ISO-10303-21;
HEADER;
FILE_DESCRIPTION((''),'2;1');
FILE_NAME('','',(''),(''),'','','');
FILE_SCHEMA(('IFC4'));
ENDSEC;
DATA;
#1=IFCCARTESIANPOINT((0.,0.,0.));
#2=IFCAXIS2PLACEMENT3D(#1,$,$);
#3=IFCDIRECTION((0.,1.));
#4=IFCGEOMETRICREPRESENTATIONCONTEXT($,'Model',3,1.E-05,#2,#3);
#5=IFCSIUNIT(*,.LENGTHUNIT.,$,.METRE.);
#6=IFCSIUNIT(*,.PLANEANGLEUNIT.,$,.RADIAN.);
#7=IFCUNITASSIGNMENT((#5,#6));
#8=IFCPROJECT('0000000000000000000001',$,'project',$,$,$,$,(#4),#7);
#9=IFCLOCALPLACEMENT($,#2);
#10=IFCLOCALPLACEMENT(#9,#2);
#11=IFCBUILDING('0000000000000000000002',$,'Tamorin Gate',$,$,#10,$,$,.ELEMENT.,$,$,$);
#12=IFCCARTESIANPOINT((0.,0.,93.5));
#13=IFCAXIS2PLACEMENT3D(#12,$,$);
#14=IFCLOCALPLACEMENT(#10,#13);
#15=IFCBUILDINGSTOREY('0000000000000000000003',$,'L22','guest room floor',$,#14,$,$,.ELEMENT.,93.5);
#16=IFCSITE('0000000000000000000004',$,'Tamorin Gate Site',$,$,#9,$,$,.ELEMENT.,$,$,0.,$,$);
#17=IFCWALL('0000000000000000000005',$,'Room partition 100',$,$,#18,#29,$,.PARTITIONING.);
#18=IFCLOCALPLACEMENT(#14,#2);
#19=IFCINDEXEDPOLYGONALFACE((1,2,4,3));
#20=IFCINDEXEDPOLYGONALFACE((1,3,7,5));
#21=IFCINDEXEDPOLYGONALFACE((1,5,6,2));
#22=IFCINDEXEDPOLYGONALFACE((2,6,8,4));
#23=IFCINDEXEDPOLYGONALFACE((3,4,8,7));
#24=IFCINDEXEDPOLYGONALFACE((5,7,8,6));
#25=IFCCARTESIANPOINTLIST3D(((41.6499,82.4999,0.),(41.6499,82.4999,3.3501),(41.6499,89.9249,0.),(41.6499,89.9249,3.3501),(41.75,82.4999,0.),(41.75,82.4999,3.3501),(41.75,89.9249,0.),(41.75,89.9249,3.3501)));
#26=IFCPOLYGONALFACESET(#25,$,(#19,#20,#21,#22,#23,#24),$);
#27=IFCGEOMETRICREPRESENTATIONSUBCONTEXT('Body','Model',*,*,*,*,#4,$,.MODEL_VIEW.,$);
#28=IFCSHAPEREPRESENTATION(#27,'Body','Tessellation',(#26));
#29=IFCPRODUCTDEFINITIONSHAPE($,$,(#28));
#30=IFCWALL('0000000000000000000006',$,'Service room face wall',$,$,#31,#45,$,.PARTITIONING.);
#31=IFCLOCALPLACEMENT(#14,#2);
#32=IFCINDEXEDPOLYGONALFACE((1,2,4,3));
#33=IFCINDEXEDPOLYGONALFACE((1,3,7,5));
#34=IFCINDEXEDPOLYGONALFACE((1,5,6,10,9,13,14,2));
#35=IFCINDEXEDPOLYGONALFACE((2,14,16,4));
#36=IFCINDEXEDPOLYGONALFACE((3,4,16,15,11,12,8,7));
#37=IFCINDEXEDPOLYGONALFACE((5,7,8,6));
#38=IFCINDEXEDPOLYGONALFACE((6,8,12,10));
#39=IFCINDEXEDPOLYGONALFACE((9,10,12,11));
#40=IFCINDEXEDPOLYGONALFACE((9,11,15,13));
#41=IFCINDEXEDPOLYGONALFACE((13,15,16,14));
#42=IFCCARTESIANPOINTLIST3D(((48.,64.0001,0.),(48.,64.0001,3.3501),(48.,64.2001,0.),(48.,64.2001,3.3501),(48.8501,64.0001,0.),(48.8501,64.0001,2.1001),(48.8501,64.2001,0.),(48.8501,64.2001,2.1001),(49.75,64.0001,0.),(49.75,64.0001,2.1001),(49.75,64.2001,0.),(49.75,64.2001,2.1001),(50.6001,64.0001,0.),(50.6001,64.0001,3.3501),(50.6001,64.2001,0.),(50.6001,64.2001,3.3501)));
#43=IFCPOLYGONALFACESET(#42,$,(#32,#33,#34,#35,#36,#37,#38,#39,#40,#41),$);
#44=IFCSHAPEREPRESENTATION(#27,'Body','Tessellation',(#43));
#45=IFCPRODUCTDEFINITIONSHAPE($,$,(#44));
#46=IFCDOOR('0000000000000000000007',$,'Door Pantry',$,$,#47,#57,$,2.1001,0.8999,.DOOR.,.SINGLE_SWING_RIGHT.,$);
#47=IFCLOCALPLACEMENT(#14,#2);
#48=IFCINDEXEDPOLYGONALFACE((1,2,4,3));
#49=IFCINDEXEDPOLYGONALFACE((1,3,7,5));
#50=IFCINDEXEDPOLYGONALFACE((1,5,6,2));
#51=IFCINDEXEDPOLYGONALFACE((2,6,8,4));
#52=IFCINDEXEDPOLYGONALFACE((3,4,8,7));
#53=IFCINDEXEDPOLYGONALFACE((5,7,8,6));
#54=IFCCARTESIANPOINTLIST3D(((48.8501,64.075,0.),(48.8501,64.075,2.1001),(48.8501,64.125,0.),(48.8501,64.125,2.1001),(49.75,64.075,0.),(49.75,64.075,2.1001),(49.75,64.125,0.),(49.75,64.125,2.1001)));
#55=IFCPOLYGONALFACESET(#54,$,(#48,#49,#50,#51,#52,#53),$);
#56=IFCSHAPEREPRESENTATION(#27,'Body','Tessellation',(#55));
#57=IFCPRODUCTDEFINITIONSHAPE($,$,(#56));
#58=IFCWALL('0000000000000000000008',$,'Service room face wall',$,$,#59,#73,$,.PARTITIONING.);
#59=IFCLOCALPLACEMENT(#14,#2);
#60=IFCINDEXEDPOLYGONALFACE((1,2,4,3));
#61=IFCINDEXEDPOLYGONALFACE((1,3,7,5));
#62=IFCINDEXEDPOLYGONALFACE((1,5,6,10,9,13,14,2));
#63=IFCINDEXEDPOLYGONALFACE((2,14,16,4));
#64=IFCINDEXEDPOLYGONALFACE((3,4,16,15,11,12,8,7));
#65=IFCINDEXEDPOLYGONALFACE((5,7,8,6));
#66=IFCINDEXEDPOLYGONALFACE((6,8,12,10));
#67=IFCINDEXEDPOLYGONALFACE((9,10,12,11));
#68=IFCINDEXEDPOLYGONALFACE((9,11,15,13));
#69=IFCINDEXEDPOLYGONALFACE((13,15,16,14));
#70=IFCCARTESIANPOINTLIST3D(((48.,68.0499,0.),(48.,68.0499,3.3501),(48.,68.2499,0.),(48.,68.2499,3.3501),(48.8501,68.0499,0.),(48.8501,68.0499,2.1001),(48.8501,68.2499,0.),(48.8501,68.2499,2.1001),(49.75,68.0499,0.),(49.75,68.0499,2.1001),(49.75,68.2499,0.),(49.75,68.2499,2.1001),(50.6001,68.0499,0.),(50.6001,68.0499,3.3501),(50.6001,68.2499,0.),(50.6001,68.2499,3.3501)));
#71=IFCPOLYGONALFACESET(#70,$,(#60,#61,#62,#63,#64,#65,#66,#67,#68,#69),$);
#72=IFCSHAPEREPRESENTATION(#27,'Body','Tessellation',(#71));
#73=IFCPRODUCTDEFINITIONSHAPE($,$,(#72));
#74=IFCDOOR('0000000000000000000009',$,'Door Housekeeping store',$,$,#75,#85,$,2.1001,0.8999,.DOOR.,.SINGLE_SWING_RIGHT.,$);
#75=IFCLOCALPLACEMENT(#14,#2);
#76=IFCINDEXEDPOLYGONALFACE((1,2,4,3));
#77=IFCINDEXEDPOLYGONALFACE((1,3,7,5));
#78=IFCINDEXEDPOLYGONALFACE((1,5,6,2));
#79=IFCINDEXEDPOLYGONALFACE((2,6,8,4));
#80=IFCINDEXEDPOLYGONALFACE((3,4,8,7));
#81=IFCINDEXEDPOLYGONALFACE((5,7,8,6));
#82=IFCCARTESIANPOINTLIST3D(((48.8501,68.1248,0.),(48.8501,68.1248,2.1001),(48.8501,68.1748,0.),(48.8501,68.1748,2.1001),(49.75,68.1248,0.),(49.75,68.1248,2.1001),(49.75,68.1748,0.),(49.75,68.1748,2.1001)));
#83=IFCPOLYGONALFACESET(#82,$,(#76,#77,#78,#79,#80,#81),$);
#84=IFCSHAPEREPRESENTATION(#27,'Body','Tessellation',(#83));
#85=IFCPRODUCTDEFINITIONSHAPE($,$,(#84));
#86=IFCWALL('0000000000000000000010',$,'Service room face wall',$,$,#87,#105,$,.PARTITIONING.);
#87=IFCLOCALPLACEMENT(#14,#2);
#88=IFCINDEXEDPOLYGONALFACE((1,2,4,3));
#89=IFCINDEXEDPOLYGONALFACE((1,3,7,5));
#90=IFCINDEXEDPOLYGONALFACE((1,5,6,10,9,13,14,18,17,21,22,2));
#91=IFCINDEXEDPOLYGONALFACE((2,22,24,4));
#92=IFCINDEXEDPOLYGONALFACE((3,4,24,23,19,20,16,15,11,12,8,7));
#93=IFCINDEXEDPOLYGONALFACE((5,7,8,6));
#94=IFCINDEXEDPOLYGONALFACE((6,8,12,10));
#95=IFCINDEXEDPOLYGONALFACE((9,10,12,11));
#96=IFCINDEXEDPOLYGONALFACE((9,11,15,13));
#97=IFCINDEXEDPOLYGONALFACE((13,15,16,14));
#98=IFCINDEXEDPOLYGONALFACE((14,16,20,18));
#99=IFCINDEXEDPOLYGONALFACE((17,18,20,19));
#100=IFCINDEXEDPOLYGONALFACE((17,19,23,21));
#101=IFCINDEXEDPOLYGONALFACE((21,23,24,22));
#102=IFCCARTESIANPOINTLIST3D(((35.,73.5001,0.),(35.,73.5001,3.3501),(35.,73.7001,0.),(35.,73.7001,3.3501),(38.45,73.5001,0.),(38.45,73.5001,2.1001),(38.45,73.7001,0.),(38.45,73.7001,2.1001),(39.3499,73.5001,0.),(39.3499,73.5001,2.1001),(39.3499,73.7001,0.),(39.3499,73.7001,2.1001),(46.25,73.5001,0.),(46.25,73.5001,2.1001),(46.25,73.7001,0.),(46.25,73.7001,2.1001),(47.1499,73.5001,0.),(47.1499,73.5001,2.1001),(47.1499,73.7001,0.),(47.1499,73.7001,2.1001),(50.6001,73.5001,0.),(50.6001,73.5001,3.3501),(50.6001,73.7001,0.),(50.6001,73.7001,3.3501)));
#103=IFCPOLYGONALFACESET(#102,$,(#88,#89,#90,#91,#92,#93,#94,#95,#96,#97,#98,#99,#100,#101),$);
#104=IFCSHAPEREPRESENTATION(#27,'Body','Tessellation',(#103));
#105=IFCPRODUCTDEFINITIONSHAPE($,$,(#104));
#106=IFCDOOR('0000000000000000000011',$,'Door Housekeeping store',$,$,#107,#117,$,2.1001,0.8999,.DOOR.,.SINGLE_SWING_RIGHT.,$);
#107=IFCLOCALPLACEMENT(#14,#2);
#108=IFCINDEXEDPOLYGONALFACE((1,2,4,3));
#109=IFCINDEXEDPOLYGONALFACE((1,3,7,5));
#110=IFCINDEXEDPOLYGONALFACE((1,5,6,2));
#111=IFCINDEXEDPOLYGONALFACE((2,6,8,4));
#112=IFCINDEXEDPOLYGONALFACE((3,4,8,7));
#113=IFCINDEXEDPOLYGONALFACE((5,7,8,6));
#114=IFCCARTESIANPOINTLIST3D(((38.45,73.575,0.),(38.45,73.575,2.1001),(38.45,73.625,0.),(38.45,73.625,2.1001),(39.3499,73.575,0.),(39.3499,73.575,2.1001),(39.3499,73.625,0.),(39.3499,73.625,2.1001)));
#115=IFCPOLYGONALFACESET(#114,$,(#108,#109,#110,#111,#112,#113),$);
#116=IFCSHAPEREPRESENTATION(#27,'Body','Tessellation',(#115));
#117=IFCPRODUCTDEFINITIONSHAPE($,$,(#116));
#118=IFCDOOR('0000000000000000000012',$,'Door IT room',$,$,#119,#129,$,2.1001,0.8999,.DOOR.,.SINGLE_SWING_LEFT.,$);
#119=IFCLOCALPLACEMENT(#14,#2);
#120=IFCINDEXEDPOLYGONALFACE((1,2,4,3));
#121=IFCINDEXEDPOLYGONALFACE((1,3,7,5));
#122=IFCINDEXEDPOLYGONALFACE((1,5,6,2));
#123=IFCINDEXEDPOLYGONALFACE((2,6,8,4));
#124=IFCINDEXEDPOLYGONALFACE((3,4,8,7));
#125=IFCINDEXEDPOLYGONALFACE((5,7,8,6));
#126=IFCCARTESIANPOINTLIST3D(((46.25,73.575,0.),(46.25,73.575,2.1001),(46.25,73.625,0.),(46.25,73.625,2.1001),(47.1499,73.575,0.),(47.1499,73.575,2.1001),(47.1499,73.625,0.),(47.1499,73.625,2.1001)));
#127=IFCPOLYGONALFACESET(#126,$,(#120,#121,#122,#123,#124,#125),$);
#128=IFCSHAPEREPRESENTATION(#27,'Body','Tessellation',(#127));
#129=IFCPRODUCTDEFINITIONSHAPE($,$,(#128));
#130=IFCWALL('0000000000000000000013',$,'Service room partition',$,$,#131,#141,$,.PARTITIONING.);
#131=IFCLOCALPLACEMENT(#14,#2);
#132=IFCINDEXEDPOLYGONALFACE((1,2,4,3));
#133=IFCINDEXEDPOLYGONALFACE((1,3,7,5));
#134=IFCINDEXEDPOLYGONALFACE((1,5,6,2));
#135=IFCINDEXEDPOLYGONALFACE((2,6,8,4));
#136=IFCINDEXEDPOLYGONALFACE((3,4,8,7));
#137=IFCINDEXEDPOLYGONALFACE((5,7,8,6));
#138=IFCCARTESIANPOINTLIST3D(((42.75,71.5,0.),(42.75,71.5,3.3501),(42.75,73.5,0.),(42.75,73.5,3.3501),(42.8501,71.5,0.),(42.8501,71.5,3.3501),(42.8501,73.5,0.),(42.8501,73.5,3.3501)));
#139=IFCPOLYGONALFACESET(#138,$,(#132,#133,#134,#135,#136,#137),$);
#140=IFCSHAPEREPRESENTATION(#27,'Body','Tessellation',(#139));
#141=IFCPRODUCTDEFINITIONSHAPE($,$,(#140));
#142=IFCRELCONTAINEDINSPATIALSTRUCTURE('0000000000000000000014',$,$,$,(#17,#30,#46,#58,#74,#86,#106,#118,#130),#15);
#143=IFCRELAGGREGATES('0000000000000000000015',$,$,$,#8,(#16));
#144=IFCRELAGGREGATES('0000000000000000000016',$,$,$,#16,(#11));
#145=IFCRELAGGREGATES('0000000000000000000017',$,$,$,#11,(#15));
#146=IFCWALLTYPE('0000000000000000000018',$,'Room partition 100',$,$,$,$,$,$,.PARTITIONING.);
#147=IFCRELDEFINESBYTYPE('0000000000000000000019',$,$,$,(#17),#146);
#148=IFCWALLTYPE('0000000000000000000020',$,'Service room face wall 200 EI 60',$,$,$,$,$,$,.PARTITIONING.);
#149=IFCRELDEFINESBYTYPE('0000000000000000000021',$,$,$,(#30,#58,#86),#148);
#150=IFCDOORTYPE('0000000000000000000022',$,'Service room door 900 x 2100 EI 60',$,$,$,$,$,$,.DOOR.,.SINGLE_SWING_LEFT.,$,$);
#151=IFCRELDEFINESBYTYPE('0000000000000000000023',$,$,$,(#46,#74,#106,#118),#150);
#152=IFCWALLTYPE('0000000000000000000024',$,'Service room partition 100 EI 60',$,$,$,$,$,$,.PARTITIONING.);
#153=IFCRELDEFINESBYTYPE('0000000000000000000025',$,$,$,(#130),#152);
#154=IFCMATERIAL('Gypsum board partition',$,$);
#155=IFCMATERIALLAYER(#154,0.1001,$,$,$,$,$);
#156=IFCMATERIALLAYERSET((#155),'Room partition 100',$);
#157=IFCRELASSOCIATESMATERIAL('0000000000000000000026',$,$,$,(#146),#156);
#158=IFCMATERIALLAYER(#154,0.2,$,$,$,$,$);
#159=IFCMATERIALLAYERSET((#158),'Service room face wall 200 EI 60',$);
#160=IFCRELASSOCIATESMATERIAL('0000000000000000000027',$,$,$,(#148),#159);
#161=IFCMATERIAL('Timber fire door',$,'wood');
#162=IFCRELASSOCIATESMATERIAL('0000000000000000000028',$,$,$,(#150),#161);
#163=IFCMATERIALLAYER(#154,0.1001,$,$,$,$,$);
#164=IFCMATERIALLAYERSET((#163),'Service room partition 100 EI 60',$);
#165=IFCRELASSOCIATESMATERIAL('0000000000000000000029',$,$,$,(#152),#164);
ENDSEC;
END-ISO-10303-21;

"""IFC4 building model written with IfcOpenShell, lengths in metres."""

from ifc_helpers import new_model, si_unit, direction, frame, frame_2d, origin, place, context, subcontext, project, spatial, rectangle, extrude, material, layer, layer_set, type_object, element, fill, save


model = new_model("IFC4")

# Units and contexts
model_context = context("Model", 3, precision=1e-05, world=origin(), true_north=direction((0.0, 1.0)))
body_context = subcontext(model_context, "Body", "Model", "MODEL_VIEW")
ifc_project = project(units=[si_unit("LENGTHUNIT", "METRE"), si_unit("PLANEANGLEUNIT", "RADIAN")], contexts=[model_context])

# Site, building, storey
site_placement = place(None, origin())
site = spatial("IfcSite", under=ifc_project, at=site_placement, Name="Tamorin Gate Site", CompositionType="ELEMENT", RefElevation=0.0)
building_placement = place(site_placement, origin())
building = spatial("IfcBuilding", under=site, at=building_placement, Name="Tamorin Gate", CompositionType="ELEMENT")
storey_placement = place(building_placement, frame((0.0, 0.0, 93.5)))
storey = spatial("IfcBuildingStorey", under=building, at=storey_placement, Name="L22", Description="guest room floor", CompositionType="ELEMENT", Elevation=93.5)

# Wall
ifc_material_1 = material(Name="Gypsum board partition")
ifc_layer_1 = layer(ifc_material_1, 0.1001)
ifc_layer_set_1 = layer_set([ifc_layer_1], Name="Room partition 100")
wall_type_1 = type_object("IfcWallType", Name="Room partition 100", PredefinedType="PARTITIONING", material=ifc_layer_set_1)
wall_1_placement = place(storey_placement, frame((41.7, 82.5, 0.0), z_axis=(0.0, 0.0, 1.0), x_axis=(0.0, 1.0, 0.0)))
element("IfcWall", 1, at=wall_1_placement, inside=storey, type_object=wall_type_1, Name="Room partition 100", PredefinedType="PARTITIONING", context=body_context, shape_type="SweptSolid", body=[
    extrude(rectangle(XDim=7.425, YDim=0.1001, at=frame_2d((3.7124, 0.0))), origin(), (0.0, 0.0, 1.0), 3.3501),
])

# Walls, openings, doors
ifc_layer_2 = layer(ifc_material_1, 0.2)
ifc_layer_set_2 = layer_set([ifc_layer_2], Name="Service room face wall 200 EI 60")
wall_type_2 = type_object("IfcWallType", Name="Service room face wall 200 EI 60", PredefinedType="PARTITIONING", material=ifc_layer_set_2)
wall_2_placement = place(storey_placement, frame((48.0, 64.1001, 0.0), z_axis=(0.0, 0.0, 1.0), x_axis=(1.0, 0.0, 0.0)))
wall_2 = element("IfcWall", 2, at=wall_2_placement, inside=storey, type_object=wall_type_2, Name="Service room face wall", PredefinedType="PARTITIONING", context=body_context, shape_type="SweptSolid", body=[
    extrude(rectangle(XDim=2.6001, YDim=0.2, at=frame_2d((1.3, 0.0))), origin(), (0.0, 0.0, 1.0), 3.3501),
])
opening_1_placement = place(wall_2_placement, frame((0.8501, 0.0, 0.0)))
opening_1 = element("IfcOpeningElement", 3, at=opening_1_placement, cuts=wall_2, PredefinedType="OPENING", context=body_context, shape_type="SweptSolid", body=[
    extrude(rectangle(XDim=0.8999, YDim=2.1001, at=frame_2d((0.45, 1.05))), frame((0.0, 0.1099, 0.0), z_axis=(0.0, -1.0, 0.0), x_axis=(1.0, 0.0, 0.0)), (0.0, 0.0, 1.0), 0.22),
])
ifc_material_2 = material(Name="Timber fire door", Category="wood")
door_type_1 = type_object("IfcDoorType", Name="Service room door 900 x 2100 EI 60", OperationType="SINGLE_SWING_LEFT", PredefinedType="DOOR", material=ifc_material_2)
door_1_placement = place(opening_1_placement, origin())
door_1 = element("IfcDoor", 4, at=door_1_placement, inside=storey, type_object=door_type_1, Name="Door Pantry", OperationType="SINGLE_SWING_RIGHT", OverallHeight=2.1001, OverallWidth=0.8999, PredefinedType="DOOR", context=body_context, shape_type="SweptSolid", body=[
    extrude(rectangle(XDim=0.8999, YDim=2.1001, at=frame_2d((0.45, 1.05))), frame((0.0, 0.0249, 0.0), z_axis=(0.0, -1.0, 0.0), x_axis=(1.0, 0.0, 0.0)), (0.0, 0.0, 1.0), 0.05),
])
fill(opening_1, door_1)
wall_3_placement = place(storey_placement, frame((48.0, 68.1499, 0.0), z_axis=(0.0, 0.0, 1.0), x_axis=(1.0, 0.0, 0.0)))
wall_3 = element("IfcWall", 5, at=wall_3_placement, inside=storey, type_object=wall_type_2, Name="Service room face wall", PredefinedType="PARTITIONING", context=body_context, shape_type="SweptSolid", body=[
    extrude(rectangle(XDim=2.6001, YDim=0.2, at=frame_2d((1.3, 0.0))), origin(), (0.0, 0.0, 1.0), 3.3501),
])
opening_2_placement = place(wall_3_placement, frame((0.8501, 0.0, 0.0)))
opening_2 = element("IfcOpeningElement", 6, at=opening_2_placement, cuts=wall_3, PredefinedType="OPENING", context=body_context, shape_type="SweptSolid", body=[
    extrude(rectangle(XDim=0.8999, YDim=2.1001, at=frame_2d((0.45, 1.05))), frame((0.0, 0.1099, 0.0), z_axis=(0.0, -1.0, 0.0), x_axis=(1.0, 0.0, 0.0)), (0.0, 0.0, 1.0), 0.22),
])
door_2_placement = place(opening_2_placement, origin())
door_2 = element("IfcDoor", 7, at=door_2_placement, inside=storey, type_object=door_type_1, Name="Door Housekeeping store", OperationType="SINGLE_SWING_RIGHT", OverallHeight=2.1001, OverallWidth=0.8999, PredefinedType="DOOR", context=body_context, shape_type="SweptSolid", body=[
    extrude(rectangle(XDim=0.8999, YDim=2.1001, at=frame_2d((0.45, 1.05))), frame((0.0, 0.0249, 0.0), z_axis=(0.0, -1.0, 0.0), x_axis=(1.0, 0.0, 0.0)), (0.0, 0.0, 1.0), 0.05),
])
fill(opening_2, door_2)

# Wall, openings, doors
wall_4_placement = place(storey_placement, frame((35.0, 73.6001, 0.0), z_axis=(0.0, 0.0, 1.0), x_axis=(1.0, 0.0, 0.0)))
wall_4 = element("IfcWall", 8, at=wall_4_placement, inside=storey, type_object=wall_type_2, Name="Service room face wall", PredefinedType="PARTITIONING", context=body_context, shape_type="SweptSolid", body=[
    extrude(rectangle(XDim=15.6001, YDim=0.2, at=frame_2d((7.8, 0.0))), origin(), (0.0, 0.0, 1.0), 3.3501),
])
opening_3_placement = place(wall_4_placement, frame((3.45, 0.0, 0.0)))
opening_3 = element("IfcOpeningElement", 9, at=opening_3_placement, cuts=wall_4, PredefinedType="OPENING", context=body_context, shape_type="SweptSolid", body=[
    extrude(rectangle(XDim=0.8999, YDim=2.1001, at=frame_2d((0.45, 1.05))), frame((0.0, 0.1099, 0.0), z_axis=(0.0, -1.0, 0.0), x_axis=(1.0, 0.0, 0.0)), (0.0, 0.0, 1.0), 0.22),
])
opening_4_placement = place(wall_4_placement, frame((11.25, 0.0, 0.0)))
opening_4 = element("IfcOpeningElement", 10, at=opening_4_placement, cuts=wall_4, PredefinedType="OPENING", context=body_context, shape_type="SweptSolid", body=[
    extrude(rectangle(XDim=0.8999, YDim=2.1001, at=frame_2d((0.45, 1.05))), frame((0.0, 0.1099, 0.0), z_axis=(0.0, -1.0, 0.0), x_axis=(1.0, 0.0, 0.0)), (0.0, 0.0, 1.0), 0.22),
])
door_3_placement = place(opening_3_placement, origin())
door_3 = element("IfcDoor", 11, at=door_3_placement, inside=storey, type_object=door_type_1, Name="Door Housekeeping store", OperationType="SINGLE_SWING_RIGHT", OverallHeight=2.1001, OverallWidth=0.8999, PredefinedType="DOOR", context=body_context, shape_type="SweptSolid", body=[
    extrude(rectangle(XDim=0.8999, YDim=2.1001, at=frame_2d((0.45, 1.05))), frame((0.0, 0.0249, 0.0), z_axis=(0.0, -1.0, 0.0), x_axis=(1.0, 0.0, 0.0)), (0.0, 0.0, 1.0), 0.05),
])
fill(opening_3, door_3)
door_4_placement = place(opening_4_placement, origin())
door_4 = element("IfcDoor", 12, at=door_4_placement, inside=storey, type_object=door_type_1, Name="Door IT room", OperationType="SINGLE_SWING_LEFT", OverallHeight=2.1001, OverallWidth=0.8999, PredefinedType="DOOR", context=body_context, shape_type="SweptSolid", body=[
    extrude(rectangle(XDim=0.8999, YDim=2.1001, at=frame_2d((0.45, 1.05))), frame((0.0, 0.0249, 0.0), z_axis=(0.0, -1.0, 0.0), x_axis=(1.0, 0.0, 0.0)), (0.0, 0.0, 1.0), 0.05),
])
fill(opening_4, door_4)

# Wall
ifc_layer_3 = layer(ifc_material_1, 0.1001)
ifc_layer_set_3 = layer_set([ifc_layer_3], Name="Service room partition 100 EI 60")
wall_type_3 = type_object("IfcWallType", Name="Service room partition 100 EI 60", PredefinedType="PARTITIONING", material=ifc_layer_set_3)
wall_5_placement = place(storey_placement, frame((42.8, 71.5, 0.0), z_axis=(0.0, 0.0, 1.0), x_axis=(0.0, 1.0, 0.0)))
element("IfcWall", 13, at=wall_5_placement, inside=storey, type_object=wall_type_3, Name="Service room partition", PredefinedType="PARTITIONING", context=body_context, shape_type="SweptSolid", body=[
    extrude(rectangle(XDim=2.0, YDim=0.1001, at=frame_2d((1.0, 0.0))), origin(), (0.0, 0.0, 1.0), 3.3501),
])

save(model, "model.ifc")
